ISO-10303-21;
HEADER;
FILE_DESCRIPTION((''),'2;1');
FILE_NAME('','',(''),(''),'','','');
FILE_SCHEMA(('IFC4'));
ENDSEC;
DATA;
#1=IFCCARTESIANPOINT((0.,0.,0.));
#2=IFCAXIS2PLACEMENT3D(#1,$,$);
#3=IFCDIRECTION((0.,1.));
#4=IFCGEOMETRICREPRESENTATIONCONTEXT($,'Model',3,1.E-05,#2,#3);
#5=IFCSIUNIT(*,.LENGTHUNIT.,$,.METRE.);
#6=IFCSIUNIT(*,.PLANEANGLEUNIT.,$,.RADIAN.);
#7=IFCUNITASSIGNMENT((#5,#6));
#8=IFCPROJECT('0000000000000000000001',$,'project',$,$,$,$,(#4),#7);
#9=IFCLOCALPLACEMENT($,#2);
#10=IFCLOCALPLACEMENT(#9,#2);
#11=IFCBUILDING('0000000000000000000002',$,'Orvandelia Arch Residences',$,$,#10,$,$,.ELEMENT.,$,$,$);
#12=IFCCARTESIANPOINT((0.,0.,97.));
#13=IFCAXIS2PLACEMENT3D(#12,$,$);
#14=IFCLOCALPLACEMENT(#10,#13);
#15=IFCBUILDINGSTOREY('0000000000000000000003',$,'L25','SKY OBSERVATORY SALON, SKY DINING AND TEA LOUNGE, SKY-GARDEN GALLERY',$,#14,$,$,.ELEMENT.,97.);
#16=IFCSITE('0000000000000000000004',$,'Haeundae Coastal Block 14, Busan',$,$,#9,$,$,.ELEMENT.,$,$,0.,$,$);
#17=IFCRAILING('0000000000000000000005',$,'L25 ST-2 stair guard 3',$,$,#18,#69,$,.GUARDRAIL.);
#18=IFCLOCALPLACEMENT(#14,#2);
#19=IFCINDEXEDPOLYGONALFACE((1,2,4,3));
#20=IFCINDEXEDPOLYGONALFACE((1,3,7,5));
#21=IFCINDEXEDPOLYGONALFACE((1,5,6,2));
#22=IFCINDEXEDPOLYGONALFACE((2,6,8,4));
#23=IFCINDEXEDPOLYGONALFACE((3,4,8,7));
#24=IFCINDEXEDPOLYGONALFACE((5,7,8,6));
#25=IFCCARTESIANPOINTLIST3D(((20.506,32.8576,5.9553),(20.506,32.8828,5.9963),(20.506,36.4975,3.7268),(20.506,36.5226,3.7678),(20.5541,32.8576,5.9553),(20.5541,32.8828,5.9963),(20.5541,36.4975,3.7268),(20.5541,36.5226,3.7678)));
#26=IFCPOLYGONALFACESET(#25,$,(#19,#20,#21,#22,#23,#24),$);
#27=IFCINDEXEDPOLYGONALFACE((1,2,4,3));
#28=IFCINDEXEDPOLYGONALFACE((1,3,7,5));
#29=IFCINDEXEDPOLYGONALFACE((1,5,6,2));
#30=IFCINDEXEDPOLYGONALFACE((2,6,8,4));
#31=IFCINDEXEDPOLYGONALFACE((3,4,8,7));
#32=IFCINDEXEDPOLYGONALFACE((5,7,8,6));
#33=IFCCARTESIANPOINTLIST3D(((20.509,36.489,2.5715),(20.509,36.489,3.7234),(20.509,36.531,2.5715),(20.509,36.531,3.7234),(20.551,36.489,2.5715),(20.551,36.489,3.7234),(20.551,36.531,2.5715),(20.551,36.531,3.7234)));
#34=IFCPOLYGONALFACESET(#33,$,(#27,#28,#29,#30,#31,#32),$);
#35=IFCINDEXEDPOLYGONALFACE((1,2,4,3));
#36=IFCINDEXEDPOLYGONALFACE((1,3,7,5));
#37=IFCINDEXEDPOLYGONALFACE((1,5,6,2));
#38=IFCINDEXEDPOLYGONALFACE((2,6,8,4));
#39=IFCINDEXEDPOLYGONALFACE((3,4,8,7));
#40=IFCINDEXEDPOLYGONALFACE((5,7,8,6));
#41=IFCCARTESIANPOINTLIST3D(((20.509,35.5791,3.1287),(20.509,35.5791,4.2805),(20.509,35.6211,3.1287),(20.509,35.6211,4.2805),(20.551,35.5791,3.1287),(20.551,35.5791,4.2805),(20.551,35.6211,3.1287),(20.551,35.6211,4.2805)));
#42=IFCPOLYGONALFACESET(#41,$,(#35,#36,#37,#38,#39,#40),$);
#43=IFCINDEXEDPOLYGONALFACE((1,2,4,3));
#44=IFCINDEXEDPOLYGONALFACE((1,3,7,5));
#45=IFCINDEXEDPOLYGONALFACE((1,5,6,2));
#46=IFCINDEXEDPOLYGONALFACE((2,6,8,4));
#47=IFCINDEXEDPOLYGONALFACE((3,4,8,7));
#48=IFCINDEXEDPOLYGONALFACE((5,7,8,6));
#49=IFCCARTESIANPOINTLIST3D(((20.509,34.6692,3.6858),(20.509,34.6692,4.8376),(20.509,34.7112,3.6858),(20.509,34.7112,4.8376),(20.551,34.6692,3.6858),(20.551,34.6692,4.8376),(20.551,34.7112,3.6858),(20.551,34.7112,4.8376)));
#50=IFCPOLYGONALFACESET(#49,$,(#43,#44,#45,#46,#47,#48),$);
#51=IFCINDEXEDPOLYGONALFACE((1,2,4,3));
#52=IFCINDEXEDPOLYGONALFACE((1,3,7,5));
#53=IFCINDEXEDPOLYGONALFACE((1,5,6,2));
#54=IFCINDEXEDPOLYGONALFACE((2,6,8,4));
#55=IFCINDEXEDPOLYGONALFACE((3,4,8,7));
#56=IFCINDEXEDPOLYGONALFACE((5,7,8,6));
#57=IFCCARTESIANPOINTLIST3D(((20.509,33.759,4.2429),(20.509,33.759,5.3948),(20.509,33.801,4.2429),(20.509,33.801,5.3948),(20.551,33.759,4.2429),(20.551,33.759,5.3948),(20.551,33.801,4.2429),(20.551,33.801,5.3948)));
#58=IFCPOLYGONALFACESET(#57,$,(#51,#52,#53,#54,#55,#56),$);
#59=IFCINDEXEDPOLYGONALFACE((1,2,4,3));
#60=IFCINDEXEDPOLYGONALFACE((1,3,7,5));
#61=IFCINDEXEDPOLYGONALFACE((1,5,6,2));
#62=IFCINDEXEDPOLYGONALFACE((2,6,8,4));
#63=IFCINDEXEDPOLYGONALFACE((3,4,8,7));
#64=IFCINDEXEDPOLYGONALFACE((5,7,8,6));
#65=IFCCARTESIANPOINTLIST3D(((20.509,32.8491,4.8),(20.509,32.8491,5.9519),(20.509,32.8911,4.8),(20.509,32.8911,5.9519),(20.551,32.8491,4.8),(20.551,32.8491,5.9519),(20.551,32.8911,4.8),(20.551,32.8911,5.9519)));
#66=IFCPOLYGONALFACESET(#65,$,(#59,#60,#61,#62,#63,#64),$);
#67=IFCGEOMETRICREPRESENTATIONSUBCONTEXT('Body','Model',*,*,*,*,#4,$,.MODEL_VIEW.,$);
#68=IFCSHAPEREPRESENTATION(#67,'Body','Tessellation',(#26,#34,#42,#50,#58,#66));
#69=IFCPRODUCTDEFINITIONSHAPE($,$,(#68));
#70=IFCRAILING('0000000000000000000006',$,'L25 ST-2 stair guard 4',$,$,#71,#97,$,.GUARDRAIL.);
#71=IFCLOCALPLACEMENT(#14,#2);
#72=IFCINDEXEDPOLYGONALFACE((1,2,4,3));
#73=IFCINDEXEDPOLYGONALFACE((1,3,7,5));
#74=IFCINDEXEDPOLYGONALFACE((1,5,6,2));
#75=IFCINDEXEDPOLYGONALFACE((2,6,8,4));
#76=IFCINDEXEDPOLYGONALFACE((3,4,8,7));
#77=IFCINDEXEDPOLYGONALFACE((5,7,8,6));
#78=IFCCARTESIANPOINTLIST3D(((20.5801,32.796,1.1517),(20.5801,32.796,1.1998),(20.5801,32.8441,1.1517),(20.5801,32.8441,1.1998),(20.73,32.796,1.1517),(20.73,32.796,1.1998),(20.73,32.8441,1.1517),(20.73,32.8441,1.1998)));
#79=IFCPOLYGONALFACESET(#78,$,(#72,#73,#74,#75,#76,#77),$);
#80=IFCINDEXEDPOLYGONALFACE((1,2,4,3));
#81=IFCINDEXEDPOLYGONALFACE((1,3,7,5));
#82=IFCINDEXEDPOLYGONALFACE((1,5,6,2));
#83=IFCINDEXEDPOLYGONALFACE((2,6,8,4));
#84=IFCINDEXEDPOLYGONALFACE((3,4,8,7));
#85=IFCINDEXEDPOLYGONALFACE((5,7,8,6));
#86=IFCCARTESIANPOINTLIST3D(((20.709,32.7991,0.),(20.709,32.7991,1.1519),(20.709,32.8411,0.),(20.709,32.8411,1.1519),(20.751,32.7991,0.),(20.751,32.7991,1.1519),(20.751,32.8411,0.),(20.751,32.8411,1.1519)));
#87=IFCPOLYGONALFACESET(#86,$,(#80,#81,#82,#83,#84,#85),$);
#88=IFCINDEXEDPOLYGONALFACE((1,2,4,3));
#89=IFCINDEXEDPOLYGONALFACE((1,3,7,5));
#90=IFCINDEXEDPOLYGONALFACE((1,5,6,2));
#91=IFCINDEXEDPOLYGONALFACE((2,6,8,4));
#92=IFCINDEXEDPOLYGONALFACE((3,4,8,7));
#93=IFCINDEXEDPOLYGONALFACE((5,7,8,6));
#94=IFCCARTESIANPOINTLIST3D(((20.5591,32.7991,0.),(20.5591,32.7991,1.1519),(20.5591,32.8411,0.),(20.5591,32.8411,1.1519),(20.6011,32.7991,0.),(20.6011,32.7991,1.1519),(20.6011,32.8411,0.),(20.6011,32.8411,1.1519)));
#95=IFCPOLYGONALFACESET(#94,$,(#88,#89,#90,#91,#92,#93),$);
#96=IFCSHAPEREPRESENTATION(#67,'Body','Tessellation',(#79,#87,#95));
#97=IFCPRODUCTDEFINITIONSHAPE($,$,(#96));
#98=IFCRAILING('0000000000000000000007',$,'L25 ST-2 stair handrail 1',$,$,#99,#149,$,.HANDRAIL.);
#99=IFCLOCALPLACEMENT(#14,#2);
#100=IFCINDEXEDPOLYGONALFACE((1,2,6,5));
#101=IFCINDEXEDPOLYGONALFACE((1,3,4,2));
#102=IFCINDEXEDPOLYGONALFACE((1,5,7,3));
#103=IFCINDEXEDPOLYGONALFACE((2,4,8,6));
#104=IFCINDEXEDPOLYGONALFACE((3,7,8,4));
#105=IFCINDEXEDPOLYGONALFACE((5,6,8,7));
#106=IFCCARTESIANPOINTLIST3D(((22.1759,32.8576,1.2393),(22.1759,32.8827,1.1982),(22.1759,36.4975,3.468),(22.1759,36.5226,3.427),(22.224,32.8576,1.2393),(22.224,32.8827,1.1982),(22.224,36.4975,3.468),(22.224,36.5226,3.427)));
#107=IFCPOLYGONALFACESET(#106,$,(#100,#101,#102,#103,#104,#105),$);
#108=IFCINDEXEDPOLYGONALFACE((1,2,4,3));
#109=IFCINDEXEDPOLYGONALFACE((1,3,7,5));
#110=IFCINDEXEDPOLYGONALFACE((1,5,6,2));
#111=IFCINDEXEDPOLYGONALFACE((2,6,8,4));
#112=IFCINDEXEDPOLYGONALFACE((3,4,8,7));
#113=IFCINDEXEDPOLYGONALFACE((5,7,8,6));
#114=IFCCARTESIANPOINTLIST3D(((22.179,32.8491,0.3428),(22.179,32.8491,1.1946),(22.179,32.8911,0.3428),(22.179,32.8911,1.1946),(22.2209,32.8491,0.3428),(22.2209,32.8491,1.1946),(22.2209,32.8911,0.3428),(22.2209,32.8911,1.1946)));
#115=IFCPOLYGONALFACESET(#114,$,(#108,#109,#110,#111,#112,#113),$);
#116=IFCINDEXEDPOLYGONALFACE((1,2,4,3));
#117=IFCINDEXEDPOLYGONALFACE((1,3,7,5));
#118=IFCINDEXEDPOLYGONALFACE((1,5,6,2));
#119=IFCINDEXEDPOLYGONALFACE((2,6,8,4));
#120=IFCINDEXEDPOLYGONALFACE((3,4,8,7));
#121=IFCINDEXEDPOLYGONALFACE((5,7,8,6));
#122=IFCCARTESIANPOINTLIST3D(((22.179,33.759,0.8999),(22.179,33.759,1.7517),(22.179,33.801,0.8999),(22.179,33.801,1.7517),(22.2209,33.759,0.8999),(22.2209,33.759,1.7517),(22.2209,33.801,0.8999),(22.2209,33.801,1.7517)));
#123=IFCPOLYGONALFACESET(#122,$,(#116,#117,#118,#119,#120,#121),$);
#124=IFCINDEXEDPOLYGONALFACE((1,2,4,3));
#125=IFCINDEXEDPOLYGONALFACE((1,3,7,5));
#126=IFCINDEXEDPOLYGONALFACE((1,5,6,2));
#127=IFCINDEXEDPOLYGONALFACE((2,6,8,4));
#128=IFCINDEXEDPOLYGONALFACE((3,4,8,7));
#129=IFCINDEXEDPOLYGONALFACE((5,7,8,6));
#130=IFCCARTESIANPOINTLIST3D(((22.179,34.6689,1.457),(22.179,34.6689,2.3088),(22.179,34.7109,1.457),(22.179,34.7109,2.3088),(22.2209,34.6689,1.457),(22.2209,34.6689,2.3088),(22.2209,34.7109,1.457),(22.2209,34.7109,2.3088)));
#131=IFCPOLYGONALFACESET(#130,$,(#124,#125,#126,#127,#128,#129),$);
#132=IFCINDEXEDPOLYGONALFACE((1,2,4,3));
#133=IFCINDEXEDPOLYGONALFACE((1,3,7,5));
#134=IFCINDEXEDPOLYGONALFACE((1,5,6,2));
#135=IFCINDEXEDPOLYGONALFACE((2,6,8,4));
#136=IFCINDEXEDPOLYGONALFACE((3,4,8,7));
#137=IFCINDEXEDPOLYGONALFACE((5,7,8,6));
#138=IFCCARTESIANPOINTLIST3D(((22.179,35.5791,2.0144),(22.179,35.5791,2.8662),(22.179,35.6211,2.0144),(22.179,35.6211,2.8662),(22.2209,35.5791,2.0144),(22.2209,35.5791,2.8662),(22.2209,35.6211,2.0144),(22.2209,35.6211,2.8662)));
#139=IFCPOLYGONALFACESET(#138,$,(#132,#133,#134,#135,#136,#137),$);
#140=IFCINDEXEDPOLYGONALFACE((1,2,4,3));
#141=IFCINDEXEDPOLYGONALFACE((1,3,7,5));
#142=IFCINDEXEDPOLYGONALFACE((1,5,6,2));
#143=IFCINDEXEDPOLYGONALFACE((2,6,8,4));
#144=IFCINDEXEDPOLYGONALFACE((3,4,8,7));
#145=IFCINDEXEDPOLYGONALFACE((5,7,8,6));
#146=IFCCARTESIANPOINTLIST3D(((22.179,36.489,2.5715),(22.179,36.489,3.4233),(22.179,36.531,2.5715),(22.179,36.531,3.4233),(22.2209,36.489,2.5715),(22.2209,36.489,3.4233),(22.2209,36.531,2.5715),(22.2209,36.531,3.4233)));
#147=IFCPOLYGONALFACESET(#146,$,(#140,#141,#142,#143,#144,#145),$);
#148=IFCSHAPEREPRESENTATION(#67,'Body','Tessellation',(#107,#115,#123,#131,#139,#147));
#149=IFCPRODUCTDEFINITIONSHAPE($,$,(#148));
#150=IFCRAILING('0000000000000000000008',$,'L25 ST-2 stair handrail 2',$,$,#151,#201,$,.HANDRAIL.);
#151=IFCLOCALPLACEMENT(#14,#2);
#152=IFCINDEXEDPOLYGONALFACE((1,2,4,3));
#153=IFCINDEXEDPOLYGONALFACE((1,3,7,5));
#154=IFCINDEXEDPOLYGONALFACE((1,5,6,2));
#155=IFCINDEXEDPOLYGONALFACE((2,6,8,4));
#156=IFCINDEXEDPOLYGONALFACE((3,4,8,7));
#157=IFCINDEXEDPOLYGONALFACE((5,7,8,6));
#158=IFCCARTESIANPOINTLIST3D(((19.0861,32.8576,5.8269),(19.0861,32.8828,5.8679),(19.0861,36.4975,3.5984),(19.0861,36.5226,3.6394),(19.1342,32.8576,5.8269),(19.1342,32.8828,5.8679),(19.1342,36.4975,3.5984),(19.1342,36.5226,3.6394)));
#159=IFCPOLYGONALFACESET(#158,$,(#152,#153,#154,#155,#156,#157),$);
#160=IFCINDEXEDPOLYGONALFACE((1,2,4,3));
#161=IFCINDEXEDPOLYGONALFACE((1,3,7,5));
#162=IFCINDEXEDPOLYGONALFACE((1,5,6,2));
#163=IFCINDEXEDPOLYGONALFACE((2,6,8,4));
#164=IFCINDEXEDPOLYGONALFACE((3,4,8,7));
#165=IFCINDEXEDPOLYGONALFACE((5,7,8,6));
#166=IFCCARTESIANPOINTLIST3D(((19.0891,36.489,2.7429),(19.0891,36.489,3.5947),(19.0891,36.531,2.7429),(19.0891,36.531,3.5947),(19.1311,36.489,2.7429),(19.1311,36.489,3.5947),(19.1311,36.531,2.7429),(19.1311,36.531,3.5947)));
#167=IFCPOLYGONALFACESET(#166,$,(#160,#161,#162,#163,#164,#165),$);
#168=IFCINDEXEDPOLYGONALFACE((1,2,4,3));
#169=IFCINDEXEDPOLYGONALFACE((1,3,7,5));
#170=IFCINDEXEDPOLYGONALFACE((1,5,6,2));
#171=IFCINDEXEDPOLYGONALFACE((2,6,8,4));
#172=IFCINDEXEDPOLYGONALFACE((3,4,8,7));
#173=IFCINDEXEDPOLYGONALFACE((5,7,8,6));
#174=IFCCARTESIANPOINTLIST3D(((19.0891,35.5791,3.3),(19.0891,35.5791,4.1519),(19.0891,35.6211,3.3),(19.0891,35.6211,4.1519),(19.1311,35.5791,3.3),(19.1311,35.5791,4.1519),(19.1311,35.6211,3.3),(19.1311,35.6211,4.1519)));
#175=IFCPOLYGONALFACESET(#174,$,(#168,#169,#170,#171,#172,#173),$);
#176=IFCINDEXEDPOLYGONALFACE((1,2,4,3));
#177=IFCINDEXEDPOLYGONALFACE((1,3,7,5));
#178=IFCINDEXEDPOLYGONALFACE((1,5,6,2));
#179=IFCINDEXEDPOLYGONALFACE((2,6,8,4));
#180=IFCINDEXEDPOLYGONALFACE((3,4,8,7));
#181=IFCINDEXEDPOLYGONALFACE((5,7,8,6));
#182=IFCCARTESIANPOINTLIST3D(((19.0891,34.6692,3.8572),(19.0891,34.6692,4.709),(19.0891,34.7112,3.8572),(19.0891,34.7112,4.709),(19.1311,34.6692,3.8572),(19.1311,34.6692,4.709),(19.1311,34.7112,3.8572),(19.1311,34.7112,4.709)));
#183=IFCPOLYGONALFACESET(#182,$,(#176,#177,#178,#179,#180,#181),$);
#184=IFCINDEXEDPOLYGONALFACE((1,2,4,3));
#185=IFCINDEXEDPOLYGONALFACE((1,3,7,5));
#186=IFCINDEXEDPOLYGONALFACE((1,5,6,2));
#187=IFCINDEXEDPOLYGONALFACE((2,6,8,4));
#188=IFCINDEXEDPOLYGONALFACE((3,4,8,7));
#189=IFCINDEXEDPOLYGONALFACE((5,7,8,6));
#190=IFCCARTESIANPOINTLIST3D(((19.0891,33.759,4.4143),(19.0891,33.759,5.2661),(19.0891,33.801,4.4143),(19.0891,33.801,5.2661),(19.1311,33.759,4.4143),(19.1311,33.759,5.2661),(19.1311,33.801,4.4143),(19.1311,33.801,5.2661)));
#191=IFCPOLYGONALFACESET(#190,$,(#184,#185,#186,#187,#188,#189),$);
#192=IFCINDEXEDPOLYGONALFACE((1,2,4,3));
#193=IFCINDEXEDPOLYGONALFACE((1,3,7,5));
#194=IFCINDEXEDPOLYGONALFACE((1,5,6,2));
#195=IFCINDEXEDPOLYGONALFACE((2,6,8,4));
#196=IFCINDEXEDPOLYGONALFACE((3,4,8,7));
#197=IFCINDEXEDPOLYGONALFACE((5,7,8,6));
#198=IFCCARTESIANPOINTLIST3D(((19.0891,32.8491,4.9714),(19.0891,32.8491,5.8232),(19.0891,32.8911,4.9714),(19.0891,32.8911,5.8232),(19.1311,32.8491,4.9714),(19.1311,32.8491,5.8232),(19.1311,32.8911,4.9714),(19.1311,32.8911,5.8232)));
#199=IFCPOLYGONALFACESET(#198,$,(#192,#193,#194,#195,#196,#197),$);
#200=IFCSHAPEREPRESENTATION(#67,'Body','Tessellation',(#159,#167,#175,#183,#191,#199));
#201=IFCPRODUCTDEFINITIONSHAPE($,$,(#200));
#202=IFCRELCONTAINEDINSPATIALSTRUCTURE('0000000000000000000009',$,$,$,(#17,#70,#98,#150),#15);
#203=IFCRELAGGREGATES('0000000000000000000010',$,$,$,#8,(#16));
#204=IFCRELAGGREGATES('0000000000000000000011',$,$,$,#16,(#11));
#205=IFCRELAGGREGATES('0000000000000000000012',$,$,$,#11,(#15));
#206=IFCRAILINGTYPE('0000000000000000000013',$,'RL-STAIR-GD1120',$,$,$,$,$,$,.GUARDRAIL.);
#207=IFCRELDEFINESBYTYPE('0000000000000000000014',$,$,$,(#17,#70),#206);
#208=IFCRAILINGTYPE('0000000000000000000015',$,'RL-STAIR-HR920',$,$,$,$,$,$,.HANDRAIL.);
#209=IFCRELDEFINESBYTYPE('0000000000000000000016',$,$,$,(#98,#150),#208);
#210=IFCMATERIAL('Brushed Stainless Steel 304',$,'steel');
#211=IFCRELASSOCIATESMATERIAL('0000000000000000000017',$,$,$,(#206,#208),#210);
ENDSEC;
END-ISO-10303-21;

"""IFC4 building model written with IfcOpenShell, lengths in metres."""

from ifc_helpers import new_model, si_unit, direction, frame, origin, origin_2d, place, context, subcontext, project, spatial, rectangle, extrude, material, type_object, element, save


model = new_model("IFC4")

# Units and contexts
model_context = context("Model", 3, precision=1e-05, world=origin(), true_north=direction((0.0, 1.0)))
body_context = subcontext(model_context, "Body", "Model", "MODEL_VIEW")
ifc_project = project(units=[si_unit("LENGTHUNIT", "METRE"), si_unit("PLANEANGLEUNIT", "RADIAN")], contexts=[model_context])

# Site, building, storey
site_placement = place(None, origin())
site = spatial("IfcSite", under=ifc_project, at=site_placement, Name="Haeundae Coastal Block 14, Busan", CompositionType="ELEMENT", RefElevation=0.0)
building_placement = place(site_placement, origin())
building = spatial("IfcBuilding", under=site, at=building_placement, Name="Orvandelia Arch Residences", CompositionType="ELEMENT")
storey_placement = place(building_placement, frame((0.0, 0.0, 97.0)))
storey = spatial("IfcBuildingStorey", under=building, at=storey_placement, Name="L25", Description="SKY OBSERVATORY SALON, SKY DINING AND TEA LOUNGE, SKY-GARDEN GALLERY", CompositionType="ELEMENT", Elevation=97.0)

# Railings
ifc_material_1 = material(Name="Brushed Stainless Steel 304", Category="steel")
railing_type_1 = type_object("IfcRailingType", Name="RL-STAIR-GD1120", PredefinedType="GUARDRAIL", material=ifc_material_1)
railing_1_placement = place(storey_placement, frame((20.53, 36.51, 2.5715)))
element("IfcRailing", 1, at=railing_1_placement, inside=storey, type_object=railing_type_1, Name="L25 ST-2 stair guard 3", PredefinedType="GUARDRAIL", context=body_context, shape_type="SweptSolid", body=[
    extrude(rectangle(XDim=0.0481, YDim=0.0481, at=origin_2d()), frame((0.0, 0.0, 1.1758), z_axis=(0.0, -0.85285, 0.522156), x_axis=(1.0, 0.0, 0.0)), (0.0, 0.0, 1.0), 4.2678),
    extrude(rectangle(XDim=0.042, YDim=0.042, at=origin_2d()), origin(), (0.0, 0.0, 1.0), 1.1519),
    extrude(rectangle(XDim=0.042, YDim=0.042, at=origin_2d()), frame((0.0, -0.9099, 0.5571)), (0.0, 0.0, 1.0), 1.1519),
    extrude(rectangle(XDim=0.042, YDim=0.042, at=origin_2d()), frame((0.0, -1.8198, 1.1143)), (0.0, 0.0, 1.0), 1.1519),
    extrude(rectangle(XDim=0.042, YDim=0.042, at=origin_2d()), frame((0.0, -2.73, 1.6714)), (0.0, 0.0, 1.0), 1.1519),
    extrude(rectangle(XDim=0.042, YDim=0.042, at=origin_2d()), frame((0.0, -3.6399, 2.2285)), (0.0, 0.0, 1.0), 1.1519),
])
railing_2_placement = place(storey_placement, frame((20.73, 32.8201, 0.0)))
element("IfcRailing", 2, at=railing_2_placement, inside=storey, type_object=railing_type_1, Name="L25 ST-2 stair guard 4", PredefinedType="GUARDRAIL", context=body_context, shape_type="SweptSolid", body=[
    extrude(rectangle(XDim=0.0481, YDim=0.0481, at=origin_2d()), frame((0.0, 0.0, 1.1758), z_axis=(-1.0, 0.0, 0.0), x_axis=(0.0, -1.0, 0.0)), (0.0, 0.0, 1.0), 0.1499),
    extrude(rectangle(XDim=0.042, YDim=0.042, at=origin_2d()), origin(), (0.0, 0.0, 1.0), 1.1519),
    extrude(rectangle(XDim=0.042, YDim=0.042, at=origin_2d()), frame((-0.1499, 0.0, 0.0)), (0.0, 0.0, 1.0), 1.1519),
])
railing_type_2 = type_object("IfcRailingType", Name="RL-STAIR-HR920", PredefinedType="HANDRAIL", material=ifc_material_1)
railing_3_placement = place(storey_placement, frame((22.2, 32.8701, 0.3428)))
element("IfcRailing", 3, at=railing_3_placement, inside=storey, type_object=railing_type_2, Name="L25 ST-2 stair handrail 1", PredefinedType="HANDRAIL", context=body_context, shape_type="SweptSolid", body=[
    extrude(rectangle(XDim=0.0481, YDim=0.0481, at=origin_2d()), frame((0.0, 0.0, 0.876), z_axis=(0.0, 0.852825, 0.522197), x_axis=(-1.0, 0.0, 0.0)), (0.0, 0.0, 1.0), 4.2681),
    extrude(rectangle(XDim=0.042, YDim=0.042, at=origin_2d()), origin(), (0.0, 0.0, 1.0), 0.8518),
    extrude(rectangle(XDim=0.042, YDim=0.042, at=origin_2d()), frame((0.0, 0.9099, 0.5571)), (0.0, 0.0, 1.0), 0.8518),
    extrude(rectangle(XDim=0.042, YDim=0.042, at=origin_2d()), frame((0.0, 1.8198, 1.1143)), (0.0, 0.0, 1.0), 0.8518),
    extrude(rectangle(XDim=0.042, YDim=0.042, at=origin_2d()), frame((0.0, 2.73, 1.6716)), (0.0, 0.0, 1.0), 0.8518),
    extrude(rectangle(XDim=0.042, YDim=0.042, at=origin_2d()), frame((0.0, 3.6399, 2.2288)), (0.0, 0.0, 1.0), 0.8518),
])
railing_4_placement = place(storey_placement, frame((19.1101, 36.51, 2.7429)))
element("IfcRailing", 4, at=railing_4_placement, inside=storey, type_object=railing_type_2, Name="L25 ST-2 stair handrail 2", PredefinedType="HANDRAIL", context=body_context, shape_type="SweptSolid", body=[
    extrude(rectangle(XDim=0.0481, YDim=0.0481, at=origin_2d()), frame((0.0, 0.0, 0.876), z_axis=(0.0, -0.85285, 0.522156), x_axis=(1.0, 0.0, 0.0)), (0.0, 0.0, 1.0), 4.2678),
    extrude(rectangle(XDim=0.042, YDim=0.042, at=origin_2d()), origin(), (0.0, 0.0, 1.0), 0.8518),
    extrude(rectangle(XDim=0.042, YDim=0.042, at=origin_2d()), frame((0.0, -0.9099, 0.5571)), (0.0, 0.0, 1.0), 0.8518),
    extrude(rectangle(XDim=0.042, YDim=0.042, at=origin_2d()), frame((0.0, -1.8198, 1.1143)), (0.0, 0.0, 1.0), 0.8518),
    extrude(rectangle(XDim=0.042, YDim=0.042, at=origin_2d()), frame((0.0, -2.73, 1.6714)), (0.0, 0.0, 1.0), 0.8518),
    extrude(rectangle(XDim=0.042, YDim=0.042, at=origin_2d()), frame((0.0, -3.6399, 2.2285)), (0.0, 0.0, 1.0), 0.8518),
])

save(model, "model.ifc")
